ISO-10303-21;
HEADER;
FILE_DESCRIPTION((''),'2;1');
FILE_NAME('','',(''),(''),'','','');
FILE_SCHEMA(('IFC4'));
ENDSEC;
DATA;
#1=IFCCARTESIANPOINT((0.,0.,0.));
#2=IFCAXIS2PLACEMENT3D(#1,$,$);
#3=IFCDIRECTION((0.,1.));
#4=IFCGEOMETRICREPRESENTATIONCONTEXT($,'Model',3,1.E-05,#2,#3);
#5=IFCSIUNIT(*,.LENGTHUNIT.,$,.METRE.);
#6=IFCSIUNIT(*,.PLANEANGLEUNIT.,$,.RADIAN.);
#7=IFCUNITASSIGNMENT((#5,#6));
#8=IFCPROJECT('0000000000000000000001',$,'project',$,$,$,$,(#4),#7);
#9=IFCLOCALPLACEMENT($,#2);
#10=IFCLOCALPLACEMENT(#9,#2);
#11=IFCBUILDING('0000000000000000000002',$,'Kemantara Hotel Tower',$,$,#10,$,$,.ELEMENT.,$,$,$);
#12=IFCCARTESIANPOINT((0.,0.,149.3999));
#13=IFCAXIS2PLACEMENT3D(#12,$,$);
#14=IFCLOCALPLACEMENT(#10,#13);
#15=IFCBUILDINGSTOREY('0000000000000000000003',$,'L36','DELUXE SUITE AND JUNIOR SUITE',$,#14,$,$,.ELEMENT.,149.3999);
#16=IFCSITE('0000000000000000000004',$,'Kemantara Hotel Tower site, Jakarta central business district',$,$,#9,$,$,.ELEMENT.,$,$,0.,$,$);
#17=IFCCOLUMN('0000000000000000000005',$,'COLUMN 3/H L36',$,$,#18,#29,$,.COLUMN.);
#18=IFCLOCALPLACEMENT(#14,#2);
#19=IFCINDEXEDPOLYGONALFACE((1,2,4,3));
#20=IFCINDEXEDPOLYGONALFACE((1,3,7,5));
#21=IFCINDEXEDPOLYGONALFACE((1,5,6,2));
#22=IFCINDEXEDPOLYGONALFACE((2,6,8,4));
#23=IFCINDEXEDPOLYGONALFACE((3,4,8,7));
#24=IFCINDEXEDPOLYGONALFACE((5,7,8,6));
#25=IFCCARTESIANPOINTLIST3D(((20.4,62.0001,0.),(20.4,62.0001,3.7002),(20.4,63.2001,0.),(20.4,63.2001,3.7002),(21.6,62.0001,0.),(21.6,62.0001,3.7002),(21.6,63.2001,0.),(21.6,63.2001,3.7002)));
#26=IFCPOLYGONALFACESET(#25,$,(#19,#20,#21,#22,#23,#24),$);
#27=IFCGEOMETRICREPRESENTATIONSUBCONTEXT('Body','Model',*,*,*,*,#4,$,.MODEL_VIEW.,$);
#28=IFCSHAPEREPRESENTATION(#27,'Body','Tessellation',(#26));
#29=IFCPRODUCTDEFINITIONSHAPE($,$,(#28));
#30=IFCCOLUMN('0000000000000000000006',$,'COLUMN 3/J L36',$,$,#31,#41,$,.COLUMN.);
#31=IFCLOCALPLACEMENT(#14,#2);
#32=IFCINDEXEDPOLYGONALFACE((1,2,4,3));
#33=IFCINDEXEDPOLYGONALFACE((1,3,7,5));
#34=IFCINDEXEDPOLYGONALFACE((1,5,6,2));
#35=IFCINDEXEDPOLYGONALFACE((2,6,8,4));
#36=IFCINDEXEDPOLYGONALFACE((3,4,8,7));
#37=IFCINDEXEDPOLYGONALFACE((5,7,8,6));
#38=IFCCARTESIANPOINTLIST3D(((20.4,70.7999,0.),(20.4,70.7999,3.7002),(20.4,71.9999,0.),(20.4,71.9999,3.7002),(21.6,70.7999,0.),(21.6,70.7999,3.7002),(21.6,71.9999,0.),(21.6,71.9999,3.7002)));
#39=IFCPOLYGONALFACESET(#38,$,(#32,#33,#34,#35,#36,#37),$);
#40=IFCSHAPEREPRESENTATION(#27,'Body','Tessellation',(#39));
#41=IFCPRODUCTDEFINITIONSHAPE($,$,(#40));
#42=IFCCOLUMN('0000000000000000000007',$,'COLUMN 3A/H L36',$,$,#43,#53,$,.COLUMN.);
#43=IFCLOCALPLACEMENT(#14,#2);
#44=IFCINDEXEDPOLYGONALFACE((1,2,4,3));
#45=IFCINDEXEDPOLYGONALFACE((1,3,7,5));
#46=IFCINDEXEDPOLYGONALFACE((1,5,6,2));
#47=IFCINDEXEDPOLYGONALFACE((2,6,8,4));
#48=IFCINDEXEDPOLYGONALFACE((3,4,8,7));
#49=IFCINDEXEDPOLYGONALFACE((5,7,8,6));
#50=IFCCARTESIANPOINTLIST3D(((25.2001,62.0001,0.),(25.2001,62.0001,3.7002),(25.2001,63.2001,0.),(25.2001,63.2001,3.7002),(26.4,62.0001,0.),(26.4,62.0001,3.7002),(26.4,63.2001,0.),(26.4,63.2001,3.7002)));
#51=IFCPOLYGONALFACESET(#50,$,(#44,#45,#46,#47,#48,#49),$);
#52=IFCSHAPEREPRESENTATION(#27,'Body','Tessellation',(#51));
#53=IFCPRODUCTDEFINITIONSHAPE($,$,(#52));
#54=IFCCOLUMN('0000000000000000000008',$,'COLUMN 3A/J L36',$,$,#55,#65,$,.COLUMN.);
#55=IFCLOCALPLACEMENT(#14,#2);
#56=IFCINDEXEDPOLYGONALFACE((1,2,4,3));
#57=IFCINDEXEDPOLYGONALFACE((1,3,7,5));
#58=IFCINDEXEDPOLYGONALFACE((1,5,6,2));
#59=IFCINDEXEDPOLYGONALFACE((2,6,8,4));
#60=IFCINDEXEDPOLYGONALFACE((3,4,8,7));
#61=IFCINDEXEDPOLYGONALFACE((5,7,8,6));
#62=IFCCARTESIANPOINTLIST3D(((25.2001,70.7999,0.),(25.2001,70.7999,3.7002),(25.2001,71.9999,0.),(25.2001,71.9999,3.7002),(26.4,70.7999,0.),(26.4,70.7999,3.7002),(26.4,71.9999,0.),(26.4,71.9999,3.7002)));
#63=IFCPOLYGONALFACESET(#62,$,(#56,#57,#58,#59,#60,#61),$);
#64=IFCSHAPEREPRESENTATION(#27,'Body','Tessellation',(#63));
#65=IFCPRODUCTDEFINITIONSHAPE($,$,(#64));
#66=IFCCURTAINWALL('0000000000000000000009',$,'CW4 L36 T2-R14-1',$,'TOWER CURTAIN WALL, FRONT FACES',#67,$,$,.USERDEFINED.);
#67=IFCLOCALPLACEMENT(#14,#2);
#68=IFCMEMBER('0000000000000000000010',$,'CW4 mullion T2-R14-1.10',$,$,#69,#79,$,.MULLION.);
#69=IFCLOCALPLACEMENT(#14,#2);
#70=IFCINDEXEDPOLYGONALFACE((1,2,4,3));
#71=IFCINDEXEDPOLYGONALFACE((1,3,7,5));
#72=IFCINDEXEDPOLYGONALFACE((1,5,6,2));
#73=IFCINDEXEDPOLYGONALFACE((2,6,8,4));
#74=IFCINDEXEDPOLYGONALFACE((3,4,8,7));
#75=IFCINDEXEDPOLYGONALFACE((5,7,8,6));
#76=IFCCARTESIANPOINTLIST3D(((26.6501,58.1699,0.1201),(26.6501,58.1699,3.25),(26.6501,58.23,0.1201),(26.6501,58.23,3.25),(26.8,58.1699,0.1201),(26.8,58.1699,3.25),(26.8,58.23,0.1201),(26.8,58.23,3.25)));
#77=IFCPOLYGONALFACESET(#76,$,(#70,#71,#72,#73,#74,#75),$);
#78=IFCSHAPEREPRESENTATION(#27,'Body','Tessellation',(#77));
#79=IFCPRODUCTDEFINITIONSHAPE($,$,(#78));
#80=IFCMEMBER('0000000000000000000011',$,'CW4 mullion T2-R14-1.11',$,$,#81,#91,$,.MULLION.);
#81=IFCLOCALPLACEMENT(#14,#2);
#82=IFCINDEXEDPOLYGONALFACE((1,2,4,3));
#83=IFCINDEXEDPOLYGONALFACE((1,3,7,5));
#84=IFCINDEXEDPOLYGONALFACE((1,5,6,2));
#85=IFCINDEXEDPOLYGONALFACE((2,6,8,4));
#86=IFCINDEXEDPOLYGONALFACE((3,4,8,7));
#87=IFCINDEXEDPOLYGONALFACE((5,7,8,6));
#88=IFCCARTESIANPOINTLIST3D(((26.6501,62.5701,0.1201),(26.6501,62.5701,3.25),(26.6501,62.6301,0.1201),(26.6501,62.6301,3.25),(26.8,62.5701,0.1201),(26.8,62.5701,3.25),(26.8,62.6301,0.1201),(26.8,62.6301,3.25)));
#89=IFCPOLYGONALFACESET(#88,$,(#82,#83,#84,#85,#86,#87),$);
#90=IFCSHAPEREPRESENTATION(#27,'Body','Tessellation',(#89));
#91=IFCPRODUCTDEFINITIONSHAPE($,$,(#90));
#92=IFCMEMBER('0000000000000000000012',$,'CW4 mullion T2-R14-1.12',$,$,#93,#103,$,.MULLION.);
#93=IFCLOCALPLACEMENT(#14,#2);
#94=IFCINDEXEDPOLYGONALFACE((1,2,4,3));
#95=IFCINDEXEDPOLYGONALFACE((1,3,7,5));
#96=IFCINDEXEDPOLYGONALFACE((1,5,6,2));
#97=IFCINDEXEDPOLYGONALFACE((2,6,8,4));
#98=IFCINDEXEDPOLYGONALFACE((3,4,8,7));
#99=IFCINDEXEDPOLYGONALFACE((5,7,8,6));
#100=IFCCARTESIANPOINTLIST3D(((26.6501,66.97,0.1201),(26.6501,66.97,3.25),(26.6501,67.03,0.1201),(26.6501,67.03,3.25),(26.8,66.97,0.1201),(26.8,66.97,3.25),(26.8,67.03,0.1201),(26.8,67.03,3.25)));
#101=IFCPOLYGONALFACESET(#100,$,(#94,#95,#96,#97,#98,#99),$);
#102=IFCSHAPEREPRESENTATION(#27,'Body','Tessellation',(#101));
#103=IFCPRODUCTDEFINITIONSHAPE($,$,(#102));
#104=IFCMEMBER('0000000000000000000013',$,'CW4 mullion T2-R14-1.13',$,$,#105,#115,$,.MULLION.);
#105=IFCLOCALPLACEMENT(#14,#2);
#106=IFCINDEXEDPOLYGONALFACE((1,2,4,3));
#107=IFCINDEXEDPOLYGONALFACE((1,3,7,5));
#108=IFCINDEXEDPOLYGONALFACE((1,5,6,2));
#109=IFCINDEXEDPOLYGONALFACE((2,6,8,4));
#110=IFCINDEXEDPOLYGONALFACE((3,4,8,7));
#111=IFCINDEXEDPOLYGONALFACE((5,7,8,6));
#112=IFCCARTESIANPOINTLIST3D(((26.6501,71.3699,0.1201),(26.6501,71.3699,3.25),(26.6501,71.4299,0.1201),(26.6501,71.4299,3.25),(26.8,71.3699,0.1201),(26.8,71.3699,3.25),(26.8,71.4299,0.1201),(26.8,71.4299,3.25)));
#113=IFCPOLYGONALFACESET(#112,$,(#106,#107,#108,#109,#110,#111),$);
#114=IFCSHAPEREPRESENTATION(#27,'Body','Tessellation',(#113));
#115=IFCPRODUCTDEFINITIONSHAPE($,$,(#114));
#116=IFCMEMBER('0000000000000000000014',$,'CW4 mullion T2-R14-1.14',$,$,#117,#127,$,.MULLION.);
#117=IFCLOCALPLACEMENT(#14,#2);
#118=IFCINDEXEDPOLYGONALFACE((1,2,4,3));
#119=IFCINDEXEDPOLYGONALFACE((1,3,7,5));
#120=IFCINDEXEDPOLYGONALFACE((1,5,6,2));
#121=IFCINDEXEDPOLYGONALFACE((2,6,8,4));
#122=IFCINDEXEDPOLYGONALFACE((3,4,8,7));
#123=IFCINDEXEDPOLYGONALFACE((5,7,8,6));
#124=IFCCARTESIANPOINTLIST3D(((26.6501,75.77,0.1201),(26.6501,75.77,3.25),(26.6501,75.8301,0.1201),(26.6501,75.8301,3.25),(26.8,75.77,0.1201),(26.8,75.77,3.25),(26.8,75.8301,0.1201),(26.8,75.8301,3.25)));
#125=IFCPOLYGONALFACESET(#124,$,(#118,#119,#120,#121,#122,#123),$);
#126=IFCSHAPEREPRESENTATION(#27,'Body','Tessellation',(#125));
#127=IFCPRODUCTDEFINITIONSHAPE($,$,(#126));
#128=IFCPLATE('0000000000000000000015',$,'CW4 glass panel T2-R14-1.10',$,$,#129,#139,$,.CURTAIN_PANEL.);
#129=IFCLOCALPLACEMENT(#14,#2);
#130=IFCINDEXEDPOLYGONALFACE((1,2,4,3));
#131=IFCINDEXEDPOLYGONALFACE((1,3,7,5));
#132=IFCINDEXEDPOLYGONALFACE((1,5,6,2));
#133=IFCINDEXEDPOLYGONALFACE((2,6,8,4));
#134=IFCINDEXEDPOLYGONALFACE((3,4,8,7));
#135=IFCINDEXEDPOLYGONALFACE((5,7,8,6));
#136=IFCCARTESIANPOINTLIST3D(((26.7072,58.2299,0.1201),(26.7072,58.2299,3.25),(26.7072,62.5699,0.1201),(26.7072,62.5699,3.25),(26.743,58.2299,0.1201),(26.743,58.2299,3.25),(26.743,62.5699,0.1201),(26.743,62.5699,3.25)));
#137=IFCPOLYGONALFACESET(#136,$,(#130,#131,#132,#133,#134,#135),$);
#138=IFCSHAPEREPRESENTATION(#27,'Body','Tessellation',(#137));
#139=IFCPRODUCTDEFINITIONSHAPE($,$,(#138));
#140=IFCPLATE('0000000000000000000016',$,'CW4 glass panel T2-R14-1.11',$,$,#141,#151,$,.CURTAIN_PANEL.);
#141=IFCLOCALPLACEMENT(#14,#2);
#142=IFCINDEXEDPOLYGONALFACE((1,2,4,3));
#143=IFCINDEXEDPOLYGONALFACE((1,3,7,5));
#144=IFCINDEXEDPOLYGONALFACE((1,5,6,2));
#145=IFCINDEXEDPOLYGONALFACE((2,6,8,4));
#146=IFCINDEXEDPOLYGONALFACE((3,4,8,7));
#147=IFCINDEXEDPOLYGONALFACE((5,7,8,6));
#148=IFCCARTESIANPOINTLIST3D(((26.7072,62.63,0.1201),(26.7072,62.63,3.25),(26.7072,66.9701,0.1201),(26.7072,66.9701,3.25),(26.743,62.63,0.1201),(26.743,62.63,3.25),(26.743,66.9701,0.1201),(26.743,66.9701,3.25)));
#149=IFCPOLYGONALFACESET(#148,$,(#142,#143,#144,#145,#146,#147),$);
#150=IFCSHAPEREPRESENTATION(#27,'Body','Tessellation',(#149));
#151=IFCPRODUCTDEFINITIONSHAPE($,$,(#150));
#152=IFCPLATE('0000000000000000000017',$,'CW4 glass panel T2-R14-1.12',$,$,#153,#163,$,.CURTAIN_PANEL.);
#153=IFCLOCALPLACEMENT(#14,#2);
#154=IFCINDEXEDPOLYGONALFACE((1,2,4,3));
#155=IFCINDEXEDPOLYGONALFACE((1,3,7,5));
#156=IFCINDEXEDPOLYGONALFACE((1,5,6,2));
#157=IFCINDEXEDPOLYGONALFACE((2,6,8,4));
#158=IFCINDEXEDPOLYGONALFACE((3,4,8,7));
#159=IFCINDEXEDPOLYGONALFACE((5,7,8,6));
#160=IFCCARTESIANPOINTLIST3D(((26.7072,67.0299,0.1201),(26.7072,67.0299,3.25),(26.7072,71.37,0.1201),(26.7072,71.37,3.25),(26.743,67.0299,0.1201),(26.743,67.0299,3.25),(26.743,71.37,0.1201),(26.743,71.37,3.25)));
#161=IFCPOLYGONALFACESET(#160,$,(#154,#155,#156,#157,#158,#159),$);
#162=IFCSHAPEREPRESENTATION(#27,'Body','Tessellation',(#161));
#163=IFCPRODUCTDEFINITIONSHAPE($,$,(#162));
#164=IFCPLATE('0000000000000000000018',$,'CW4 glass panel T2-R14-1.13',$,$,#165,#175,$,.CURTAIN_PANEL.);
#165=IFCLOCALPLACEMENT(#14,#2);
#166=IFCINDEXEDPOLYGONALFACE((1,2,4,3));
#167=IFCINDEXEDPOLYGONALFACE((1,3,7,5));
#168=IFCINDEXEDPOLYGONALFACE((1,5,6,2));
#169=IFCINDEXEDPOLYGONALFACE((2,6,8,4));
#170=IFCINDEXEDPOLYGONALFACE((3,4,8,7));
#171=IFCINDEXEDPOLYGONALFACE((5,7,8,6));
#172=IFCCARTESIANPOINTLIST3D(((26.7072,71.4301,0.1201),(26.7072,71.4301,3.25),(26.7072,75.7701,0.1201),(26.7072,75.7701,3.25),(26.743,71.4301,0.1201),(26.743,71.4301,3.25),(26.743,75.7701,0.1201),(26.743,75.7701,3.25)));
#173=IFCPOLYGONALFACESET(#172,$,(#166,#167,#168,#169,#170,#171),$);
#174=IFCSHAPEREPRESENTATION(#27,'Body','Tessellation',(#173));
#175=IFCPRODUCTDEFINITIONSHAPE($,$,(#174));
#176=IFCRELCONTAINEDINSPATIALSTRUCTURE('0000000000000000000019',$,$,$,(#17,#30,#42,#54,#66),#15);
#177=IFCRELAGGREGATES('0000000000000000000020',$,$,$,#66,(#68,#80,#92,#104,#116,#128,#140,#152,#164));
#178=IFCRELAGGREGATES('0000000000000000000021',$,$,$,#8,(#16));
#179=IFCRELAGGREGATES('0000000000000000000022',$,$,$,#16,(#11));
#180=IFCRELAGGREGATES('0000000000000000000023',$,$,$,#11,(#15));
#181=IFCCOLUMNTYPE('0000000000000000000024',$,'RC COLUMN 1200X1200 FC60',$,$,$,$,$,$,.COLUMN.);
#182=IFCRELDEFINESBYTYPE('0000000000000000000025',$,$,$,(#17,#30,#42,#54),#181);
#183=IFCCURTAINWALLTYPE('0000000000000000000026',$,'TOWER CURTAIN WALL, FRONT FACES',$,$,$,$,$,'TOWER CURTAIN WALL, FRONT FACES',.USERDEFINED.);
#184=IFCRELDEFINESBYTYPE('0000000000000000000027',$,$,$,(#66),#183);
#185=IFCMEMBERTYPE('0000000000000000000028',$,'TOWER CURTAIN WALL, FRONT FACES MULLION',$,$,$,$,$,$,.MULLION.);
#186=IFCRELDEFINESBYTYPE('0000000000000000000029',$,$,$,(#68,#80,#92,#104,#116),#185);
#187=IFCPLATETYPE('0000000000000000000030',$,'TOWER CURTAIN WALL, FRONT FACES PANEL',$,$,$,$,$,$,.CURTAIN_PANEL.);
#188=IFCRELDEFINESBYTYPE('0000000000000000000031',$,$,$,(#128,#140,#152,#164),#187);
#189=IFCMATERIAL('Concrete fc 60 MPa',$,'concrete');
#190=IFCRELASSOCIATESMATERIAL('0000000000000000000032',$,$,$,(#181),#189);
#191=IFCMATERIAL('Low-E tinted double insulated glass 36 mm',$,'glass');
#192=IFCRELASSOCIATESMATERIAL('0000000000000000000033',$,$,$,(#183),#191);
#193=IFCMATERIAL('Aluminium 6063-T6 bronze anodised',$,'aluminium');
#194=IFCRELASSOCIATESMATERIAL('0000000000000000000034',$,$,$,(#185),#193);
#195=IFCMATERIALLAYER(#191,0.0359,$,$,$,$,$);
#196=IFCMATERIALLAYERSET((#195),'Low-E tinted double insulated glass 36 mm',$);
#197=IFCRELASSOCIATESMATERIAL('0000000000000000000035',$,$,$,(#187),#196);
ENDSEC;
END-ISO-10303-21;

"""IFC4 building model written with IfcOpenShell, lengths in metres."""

from ifc_helpers import new_model, si_unit, direction, frame, origin, origin_2d, place, context, subcontext, project, spatial, rectangle, extrude, source, transform, mapped, material, layer, layer_set, material_profile, profile_set, type_object, element, aggregate, save


model = new_model("IFC4")

# Units and contexts
model_context = context("Model", 3, precision=1e-05, world=origin(), true_north=direction((0.0, 1.0)))
body_context = subcontext(model_context, "Body", "Model", "MODEL_VIEW")
ifc_project = project(units=[si_unit("LENGTHUNIT", "METRE"), si_unit("PLANEANGLEUNIT", "RADIAN")], contexts=[model_context])

# Site, building, storey
site_placement = place(None, origin())
site = spatial("IfcSite", under=ifc_project, at=site_placement, Name="Kemantara Hotel Tower site, Jakarta central business district", CompositionType="ELEMENT", RefElevation=0.0)
building_placement = place(site_placement, origin())
building = spatial("IfcBuilding", under=site, at=building_placement, Name="Kemantara Hotel Tower", CompositionType="ELEMENT")
storey_placement = place(building_placement, frame((0.0, 0.0, 149.3999)))
storey = spatial("IfcBuildingStorey", under=building, at=storey_placement, Name="L36", Description="DELUXE SUITE AND JUNIOR SUITE", CompositionType="ELEMENT", Elevation=149.3999)

# Columns
ifc_material_1 = material(Name="Concrete fc 60 MPa", Category="concrete")
ifc_material_profile_1 = material_profile(ifc_material_1, rectangle(XDim=1.2, YDim=1.2, at=origin_2d()), Name="RC 1200X1200")
ifc_profile_set_1 = profile_set([ifc_material_profile_1], Name="Concrete fc 60 MPa")
column_type = type_object("IfcColumnType", Name="RC COLUMN 1200X1200 FC60", PredefinedType="COLUMN", material=ifc_profile_set_1)
for number, where, z_axis, x_axis, name in (
    (1, (21.0, 62.6001, 0.0), (0.0, 0.0, 1.0), (1.0, 0.0, 0.0), "COLUMN 3/H L36"),
    (2, (21.0, 71.3999, 0.0), (0.0, 0.0, 1.0), (1.0, 0.0, 0.0), "COLUMN 3/J L36"),
    (3, (25.8, 62.6001, 0.0), (0.0, 0.0, 1.0), (1.0, 0.0, 0.0), "COLUMN 3A/H L36"),
    (4, (25.8, 71.3999, 0.0), (0.0, 0.0, 1.0), (1.0, 0.0, 0.0), "COLUMN 3A/J L36"),
):
    element("IfcColumn", number, at=place(storey_placement, frame(where, z_axis=z_axis, x_axis=x_axis)), inside=storey, type_object=column_type, Name=name, PredefinedType="COLUMN", context=body_context, shape_type="SweptSolid", body=[
        extrude(rectangle(XDim=1.2, YDim=1.2, at=origin_2d()), origin(), (0.0, 0.0, 1.0), 3.7002),
    ])

# Curtain wall, members, plates
ifc_material_2 = material(Name="Low-E tinted double insulated glass 36 mm", Category="glass")
curtain_wall_type = type_object("IfcCurtainWallType", Name="TOWER CURTAIN WALL, FRONT FACES", ElementType="TOWER CURTAIN WALL, FRONT FACES", PredefinedType="USERDEFINED", material=ifc_material_2)
curtain_wall_placement = place(storey_placement, origin())
curtain_wall = element("IfcCurtainWall", 5, at=curtain_wall_placement, inside=storey, type_object=curtain_wall_type, Name="CW4 L36 T2-R14-1", ObjectType="TOWER CURTAIN WALL, FRONT FACES", PredefinedType="USERDEFINED")
ifc_material_3 = material(Name="Aluminium 6063-T6 bronze anodised", Category="aluminium")
ifc_material_profile_2 = material_profile(ifc_material_3, rectangle(XDim=0.1499, YDim=0.0601, at=origin_2d()), Name="TOWER CURTAIN WALL, FRONT FACES MULLION")
ifc_profile_set_2 = profile_set([ifc_material_profile_2], Name="Aluminium 6063-T6 bronze anodised")
member_type = type_object("IfcMemberType", Name="TOWER CURTAIN WALL, FRONT FACES MULLION", PredefinedType="MULLION", material=ifc_profile_set_2)
shared_shape_1 = source(origin(), body_context, "Body", "SweptSolid", [
    extrude(rectangle(XDim=0.1499, YDim=0.0601, at=origin_2d()), origin(), (0.0, 0.0, 1.0), 3.1299),
])
member_1_placement = place(storey_placement, frame((26.7251, 58.2, 0.1201), z_axis=(0.0, 0.0, 1.0), x_axis=(-1.0, 0.0, 0.0)))
member_1 = element("IfcMember", 6, at=member_1_placement, type_object=member_type, Name="CW4 mullion T2-R14-1.10", PredefinedType="MULLION", context=body_context, shape_type="MappedRepresentation", body=[
    mapped(shared_shape_1, transform((0.0, 0.0, 0.0))),
])
member_2_placement = place(storey_placement, frame((26.7251, 62.6001, 0.1201), z_axis=(0.0, 0.0, 1.0), x_axis=(-1.0, 0.0, 0.0)))
member_2 = element("IfcMember", 7, at=member_2_placement, type_object=member_type, Name="CW4 mullion T2-R14-1.11", PredefinedType="MULLION", context=body_context, shape_type="MappedRepresentation", body=[
    mapped(shared_shape_1, transform((0.0, 0.0, 0.0))),
])
member_3_placement = place(storey_placement, frame((26.7251, 67.0, 0.1201), z_axis=(0.0, 0.0, 1.0), x_axis=(-1.0, 0.0, 0.0)))
member_3 = element("IfcMember", 8, at=member_3_placement, type_object=member_type, Name="CW4 mullion T2-R14-1.12", PredefinedType="MULLION", context=body_context, shape_type="MappedRepresentation", body=[
    mapped(shared_shape_1, transform((0.0, 0.0, 0.0))),
])
member_4_placement = place(storey_placement, frame((26.7251, 71.3999, 0.1201), z_axis=(0.0, 0.0, 1.0), x_axis=(-1.0, 0.0, 0.0)))
member_4 = element("IfcMember", 9, at=member_4_placement, type_object=member_type, Name="CW4 mullion T2-R14-1.13", PredefinedType="MULLION", context=body_context, shape_type="MappedRepresentation", body=[
    mapped(shared_shape_1, transform((0.0, 0.0, 0.0))),
])
member_5_placement = place(storey_placement, frame((26.7251, 75.8, 0.1201), z_axis=(0.0, 0.0, 1.0), x_axis=(-1.0, 0.0, 0.0)))
member_5 = element("IfcMember", 10, at=member_5_placement, type_object=member_type, Name="CW4 mullion T2-R14-1.14", PredefinedType="MULLION", context=body_context, shape_type="MappedRepresentation", body=[
    mapped(shared_shape_1, transform((0.0, 0.0, 0.0))),
])
ifc_layer_1 = layer(ifc_material_2, 0.0359)
ifc_layer_set_1 = layer_set([ifc_layer_1], Name="Low-E tinted double insulated glass 36 mm")
plate_type = type_object("IfcPlateType", Name="TOWER CURTAIN WALL, FRONT FACES PANEL", PredefinedType="CURTAIN_PANEL", material=ifc_layer_set_1)
shared_shape_2 = source(origin(), body_context, "Body", "SweptSolid", [
    extrude(rectangle(XDim=4.3401, YDim=0.0359, at=origin_2d()), origin(), (0.0, 0.0, 1.0), 3.1299),
])
plate_1_placement = place(storey_placement, frame((26.7251, 60.3999, 0.1201), z_axis=(0.0, 0.0, 1.0), x_axis=(0.0, 1.0, 0.0)))
plate_1 = element("IfcPlate", 11, at=plate_1_placement, type_object=plate_type, Name="CW4 glass panel T2-R14-1.10", PredefinedType="CURTAIN_PANEL", context=body_context, shape_type="MappedRepresentation", body=[
    mapped(shared_shape_2, transform((0.0, 0.0, 0.0))),
])
plate_2_placement = place(storey_placement, frame((26.7251, 64.8, 0.1201), z_axis=(0.0, 0.0, 1.0), x_axis=(0.0, 1.0, 0.0)))
plate_2 = element("IfcPlate", 12, at=plate_2_placement, type_object=plate_type, Name="CW4 glass panel T2-R14-1.11", PredefinedType="CURTAIN_PANEL", context=body_context, shape_type="MappedRepresentation", body=[
    mapped(shared_shape_2, transform((0.0, 0.0, 0.0))),
])
plate_3_placement = place(storey_placement, frame((26.7251, 69.2, 0.1201), z_axis=(0.0, 0.0, 1.0), x_axis=(0.0, 1.0, 0.0)))
plate_3 = element("IfcPlate", 13, at=plate_3_placement, type_object=plate_type, Name="CW4 glass panel T2-R14-1.12", PredefinedType="CURTAIN_PANEL", context=body_context, shape_type="MappedRepresentation", body=[
    mapped(shared_shape_2, transform((0.0, 0.0, 0.0))),
])
plate_4_placement = place(storey_placement, frame((26.7251, 73.6001, 0.1201), z_axis=(0.0, 0.0, 1.0), x_axis=(0.0, 1.0, 0.0)))
plate_4 = element("IfcPlate", 14, at=plate_4_placement, type_object=plate_type, Name="CW4 glass panel T2-R14-1.13", PredefinedType="CURTAIN_PANEL", context=body_context, shape_type="MappedRepresentation", body=[
    mapped(shared_shape_2, transform((0.0, 0.0, 0.0))),
])
aggregate(curtain_wall, [member_1, member_2, member_3, member_4, member_5, plate_1, plate_2, plate_3, plate_4])

save(model, "model.ifc")
